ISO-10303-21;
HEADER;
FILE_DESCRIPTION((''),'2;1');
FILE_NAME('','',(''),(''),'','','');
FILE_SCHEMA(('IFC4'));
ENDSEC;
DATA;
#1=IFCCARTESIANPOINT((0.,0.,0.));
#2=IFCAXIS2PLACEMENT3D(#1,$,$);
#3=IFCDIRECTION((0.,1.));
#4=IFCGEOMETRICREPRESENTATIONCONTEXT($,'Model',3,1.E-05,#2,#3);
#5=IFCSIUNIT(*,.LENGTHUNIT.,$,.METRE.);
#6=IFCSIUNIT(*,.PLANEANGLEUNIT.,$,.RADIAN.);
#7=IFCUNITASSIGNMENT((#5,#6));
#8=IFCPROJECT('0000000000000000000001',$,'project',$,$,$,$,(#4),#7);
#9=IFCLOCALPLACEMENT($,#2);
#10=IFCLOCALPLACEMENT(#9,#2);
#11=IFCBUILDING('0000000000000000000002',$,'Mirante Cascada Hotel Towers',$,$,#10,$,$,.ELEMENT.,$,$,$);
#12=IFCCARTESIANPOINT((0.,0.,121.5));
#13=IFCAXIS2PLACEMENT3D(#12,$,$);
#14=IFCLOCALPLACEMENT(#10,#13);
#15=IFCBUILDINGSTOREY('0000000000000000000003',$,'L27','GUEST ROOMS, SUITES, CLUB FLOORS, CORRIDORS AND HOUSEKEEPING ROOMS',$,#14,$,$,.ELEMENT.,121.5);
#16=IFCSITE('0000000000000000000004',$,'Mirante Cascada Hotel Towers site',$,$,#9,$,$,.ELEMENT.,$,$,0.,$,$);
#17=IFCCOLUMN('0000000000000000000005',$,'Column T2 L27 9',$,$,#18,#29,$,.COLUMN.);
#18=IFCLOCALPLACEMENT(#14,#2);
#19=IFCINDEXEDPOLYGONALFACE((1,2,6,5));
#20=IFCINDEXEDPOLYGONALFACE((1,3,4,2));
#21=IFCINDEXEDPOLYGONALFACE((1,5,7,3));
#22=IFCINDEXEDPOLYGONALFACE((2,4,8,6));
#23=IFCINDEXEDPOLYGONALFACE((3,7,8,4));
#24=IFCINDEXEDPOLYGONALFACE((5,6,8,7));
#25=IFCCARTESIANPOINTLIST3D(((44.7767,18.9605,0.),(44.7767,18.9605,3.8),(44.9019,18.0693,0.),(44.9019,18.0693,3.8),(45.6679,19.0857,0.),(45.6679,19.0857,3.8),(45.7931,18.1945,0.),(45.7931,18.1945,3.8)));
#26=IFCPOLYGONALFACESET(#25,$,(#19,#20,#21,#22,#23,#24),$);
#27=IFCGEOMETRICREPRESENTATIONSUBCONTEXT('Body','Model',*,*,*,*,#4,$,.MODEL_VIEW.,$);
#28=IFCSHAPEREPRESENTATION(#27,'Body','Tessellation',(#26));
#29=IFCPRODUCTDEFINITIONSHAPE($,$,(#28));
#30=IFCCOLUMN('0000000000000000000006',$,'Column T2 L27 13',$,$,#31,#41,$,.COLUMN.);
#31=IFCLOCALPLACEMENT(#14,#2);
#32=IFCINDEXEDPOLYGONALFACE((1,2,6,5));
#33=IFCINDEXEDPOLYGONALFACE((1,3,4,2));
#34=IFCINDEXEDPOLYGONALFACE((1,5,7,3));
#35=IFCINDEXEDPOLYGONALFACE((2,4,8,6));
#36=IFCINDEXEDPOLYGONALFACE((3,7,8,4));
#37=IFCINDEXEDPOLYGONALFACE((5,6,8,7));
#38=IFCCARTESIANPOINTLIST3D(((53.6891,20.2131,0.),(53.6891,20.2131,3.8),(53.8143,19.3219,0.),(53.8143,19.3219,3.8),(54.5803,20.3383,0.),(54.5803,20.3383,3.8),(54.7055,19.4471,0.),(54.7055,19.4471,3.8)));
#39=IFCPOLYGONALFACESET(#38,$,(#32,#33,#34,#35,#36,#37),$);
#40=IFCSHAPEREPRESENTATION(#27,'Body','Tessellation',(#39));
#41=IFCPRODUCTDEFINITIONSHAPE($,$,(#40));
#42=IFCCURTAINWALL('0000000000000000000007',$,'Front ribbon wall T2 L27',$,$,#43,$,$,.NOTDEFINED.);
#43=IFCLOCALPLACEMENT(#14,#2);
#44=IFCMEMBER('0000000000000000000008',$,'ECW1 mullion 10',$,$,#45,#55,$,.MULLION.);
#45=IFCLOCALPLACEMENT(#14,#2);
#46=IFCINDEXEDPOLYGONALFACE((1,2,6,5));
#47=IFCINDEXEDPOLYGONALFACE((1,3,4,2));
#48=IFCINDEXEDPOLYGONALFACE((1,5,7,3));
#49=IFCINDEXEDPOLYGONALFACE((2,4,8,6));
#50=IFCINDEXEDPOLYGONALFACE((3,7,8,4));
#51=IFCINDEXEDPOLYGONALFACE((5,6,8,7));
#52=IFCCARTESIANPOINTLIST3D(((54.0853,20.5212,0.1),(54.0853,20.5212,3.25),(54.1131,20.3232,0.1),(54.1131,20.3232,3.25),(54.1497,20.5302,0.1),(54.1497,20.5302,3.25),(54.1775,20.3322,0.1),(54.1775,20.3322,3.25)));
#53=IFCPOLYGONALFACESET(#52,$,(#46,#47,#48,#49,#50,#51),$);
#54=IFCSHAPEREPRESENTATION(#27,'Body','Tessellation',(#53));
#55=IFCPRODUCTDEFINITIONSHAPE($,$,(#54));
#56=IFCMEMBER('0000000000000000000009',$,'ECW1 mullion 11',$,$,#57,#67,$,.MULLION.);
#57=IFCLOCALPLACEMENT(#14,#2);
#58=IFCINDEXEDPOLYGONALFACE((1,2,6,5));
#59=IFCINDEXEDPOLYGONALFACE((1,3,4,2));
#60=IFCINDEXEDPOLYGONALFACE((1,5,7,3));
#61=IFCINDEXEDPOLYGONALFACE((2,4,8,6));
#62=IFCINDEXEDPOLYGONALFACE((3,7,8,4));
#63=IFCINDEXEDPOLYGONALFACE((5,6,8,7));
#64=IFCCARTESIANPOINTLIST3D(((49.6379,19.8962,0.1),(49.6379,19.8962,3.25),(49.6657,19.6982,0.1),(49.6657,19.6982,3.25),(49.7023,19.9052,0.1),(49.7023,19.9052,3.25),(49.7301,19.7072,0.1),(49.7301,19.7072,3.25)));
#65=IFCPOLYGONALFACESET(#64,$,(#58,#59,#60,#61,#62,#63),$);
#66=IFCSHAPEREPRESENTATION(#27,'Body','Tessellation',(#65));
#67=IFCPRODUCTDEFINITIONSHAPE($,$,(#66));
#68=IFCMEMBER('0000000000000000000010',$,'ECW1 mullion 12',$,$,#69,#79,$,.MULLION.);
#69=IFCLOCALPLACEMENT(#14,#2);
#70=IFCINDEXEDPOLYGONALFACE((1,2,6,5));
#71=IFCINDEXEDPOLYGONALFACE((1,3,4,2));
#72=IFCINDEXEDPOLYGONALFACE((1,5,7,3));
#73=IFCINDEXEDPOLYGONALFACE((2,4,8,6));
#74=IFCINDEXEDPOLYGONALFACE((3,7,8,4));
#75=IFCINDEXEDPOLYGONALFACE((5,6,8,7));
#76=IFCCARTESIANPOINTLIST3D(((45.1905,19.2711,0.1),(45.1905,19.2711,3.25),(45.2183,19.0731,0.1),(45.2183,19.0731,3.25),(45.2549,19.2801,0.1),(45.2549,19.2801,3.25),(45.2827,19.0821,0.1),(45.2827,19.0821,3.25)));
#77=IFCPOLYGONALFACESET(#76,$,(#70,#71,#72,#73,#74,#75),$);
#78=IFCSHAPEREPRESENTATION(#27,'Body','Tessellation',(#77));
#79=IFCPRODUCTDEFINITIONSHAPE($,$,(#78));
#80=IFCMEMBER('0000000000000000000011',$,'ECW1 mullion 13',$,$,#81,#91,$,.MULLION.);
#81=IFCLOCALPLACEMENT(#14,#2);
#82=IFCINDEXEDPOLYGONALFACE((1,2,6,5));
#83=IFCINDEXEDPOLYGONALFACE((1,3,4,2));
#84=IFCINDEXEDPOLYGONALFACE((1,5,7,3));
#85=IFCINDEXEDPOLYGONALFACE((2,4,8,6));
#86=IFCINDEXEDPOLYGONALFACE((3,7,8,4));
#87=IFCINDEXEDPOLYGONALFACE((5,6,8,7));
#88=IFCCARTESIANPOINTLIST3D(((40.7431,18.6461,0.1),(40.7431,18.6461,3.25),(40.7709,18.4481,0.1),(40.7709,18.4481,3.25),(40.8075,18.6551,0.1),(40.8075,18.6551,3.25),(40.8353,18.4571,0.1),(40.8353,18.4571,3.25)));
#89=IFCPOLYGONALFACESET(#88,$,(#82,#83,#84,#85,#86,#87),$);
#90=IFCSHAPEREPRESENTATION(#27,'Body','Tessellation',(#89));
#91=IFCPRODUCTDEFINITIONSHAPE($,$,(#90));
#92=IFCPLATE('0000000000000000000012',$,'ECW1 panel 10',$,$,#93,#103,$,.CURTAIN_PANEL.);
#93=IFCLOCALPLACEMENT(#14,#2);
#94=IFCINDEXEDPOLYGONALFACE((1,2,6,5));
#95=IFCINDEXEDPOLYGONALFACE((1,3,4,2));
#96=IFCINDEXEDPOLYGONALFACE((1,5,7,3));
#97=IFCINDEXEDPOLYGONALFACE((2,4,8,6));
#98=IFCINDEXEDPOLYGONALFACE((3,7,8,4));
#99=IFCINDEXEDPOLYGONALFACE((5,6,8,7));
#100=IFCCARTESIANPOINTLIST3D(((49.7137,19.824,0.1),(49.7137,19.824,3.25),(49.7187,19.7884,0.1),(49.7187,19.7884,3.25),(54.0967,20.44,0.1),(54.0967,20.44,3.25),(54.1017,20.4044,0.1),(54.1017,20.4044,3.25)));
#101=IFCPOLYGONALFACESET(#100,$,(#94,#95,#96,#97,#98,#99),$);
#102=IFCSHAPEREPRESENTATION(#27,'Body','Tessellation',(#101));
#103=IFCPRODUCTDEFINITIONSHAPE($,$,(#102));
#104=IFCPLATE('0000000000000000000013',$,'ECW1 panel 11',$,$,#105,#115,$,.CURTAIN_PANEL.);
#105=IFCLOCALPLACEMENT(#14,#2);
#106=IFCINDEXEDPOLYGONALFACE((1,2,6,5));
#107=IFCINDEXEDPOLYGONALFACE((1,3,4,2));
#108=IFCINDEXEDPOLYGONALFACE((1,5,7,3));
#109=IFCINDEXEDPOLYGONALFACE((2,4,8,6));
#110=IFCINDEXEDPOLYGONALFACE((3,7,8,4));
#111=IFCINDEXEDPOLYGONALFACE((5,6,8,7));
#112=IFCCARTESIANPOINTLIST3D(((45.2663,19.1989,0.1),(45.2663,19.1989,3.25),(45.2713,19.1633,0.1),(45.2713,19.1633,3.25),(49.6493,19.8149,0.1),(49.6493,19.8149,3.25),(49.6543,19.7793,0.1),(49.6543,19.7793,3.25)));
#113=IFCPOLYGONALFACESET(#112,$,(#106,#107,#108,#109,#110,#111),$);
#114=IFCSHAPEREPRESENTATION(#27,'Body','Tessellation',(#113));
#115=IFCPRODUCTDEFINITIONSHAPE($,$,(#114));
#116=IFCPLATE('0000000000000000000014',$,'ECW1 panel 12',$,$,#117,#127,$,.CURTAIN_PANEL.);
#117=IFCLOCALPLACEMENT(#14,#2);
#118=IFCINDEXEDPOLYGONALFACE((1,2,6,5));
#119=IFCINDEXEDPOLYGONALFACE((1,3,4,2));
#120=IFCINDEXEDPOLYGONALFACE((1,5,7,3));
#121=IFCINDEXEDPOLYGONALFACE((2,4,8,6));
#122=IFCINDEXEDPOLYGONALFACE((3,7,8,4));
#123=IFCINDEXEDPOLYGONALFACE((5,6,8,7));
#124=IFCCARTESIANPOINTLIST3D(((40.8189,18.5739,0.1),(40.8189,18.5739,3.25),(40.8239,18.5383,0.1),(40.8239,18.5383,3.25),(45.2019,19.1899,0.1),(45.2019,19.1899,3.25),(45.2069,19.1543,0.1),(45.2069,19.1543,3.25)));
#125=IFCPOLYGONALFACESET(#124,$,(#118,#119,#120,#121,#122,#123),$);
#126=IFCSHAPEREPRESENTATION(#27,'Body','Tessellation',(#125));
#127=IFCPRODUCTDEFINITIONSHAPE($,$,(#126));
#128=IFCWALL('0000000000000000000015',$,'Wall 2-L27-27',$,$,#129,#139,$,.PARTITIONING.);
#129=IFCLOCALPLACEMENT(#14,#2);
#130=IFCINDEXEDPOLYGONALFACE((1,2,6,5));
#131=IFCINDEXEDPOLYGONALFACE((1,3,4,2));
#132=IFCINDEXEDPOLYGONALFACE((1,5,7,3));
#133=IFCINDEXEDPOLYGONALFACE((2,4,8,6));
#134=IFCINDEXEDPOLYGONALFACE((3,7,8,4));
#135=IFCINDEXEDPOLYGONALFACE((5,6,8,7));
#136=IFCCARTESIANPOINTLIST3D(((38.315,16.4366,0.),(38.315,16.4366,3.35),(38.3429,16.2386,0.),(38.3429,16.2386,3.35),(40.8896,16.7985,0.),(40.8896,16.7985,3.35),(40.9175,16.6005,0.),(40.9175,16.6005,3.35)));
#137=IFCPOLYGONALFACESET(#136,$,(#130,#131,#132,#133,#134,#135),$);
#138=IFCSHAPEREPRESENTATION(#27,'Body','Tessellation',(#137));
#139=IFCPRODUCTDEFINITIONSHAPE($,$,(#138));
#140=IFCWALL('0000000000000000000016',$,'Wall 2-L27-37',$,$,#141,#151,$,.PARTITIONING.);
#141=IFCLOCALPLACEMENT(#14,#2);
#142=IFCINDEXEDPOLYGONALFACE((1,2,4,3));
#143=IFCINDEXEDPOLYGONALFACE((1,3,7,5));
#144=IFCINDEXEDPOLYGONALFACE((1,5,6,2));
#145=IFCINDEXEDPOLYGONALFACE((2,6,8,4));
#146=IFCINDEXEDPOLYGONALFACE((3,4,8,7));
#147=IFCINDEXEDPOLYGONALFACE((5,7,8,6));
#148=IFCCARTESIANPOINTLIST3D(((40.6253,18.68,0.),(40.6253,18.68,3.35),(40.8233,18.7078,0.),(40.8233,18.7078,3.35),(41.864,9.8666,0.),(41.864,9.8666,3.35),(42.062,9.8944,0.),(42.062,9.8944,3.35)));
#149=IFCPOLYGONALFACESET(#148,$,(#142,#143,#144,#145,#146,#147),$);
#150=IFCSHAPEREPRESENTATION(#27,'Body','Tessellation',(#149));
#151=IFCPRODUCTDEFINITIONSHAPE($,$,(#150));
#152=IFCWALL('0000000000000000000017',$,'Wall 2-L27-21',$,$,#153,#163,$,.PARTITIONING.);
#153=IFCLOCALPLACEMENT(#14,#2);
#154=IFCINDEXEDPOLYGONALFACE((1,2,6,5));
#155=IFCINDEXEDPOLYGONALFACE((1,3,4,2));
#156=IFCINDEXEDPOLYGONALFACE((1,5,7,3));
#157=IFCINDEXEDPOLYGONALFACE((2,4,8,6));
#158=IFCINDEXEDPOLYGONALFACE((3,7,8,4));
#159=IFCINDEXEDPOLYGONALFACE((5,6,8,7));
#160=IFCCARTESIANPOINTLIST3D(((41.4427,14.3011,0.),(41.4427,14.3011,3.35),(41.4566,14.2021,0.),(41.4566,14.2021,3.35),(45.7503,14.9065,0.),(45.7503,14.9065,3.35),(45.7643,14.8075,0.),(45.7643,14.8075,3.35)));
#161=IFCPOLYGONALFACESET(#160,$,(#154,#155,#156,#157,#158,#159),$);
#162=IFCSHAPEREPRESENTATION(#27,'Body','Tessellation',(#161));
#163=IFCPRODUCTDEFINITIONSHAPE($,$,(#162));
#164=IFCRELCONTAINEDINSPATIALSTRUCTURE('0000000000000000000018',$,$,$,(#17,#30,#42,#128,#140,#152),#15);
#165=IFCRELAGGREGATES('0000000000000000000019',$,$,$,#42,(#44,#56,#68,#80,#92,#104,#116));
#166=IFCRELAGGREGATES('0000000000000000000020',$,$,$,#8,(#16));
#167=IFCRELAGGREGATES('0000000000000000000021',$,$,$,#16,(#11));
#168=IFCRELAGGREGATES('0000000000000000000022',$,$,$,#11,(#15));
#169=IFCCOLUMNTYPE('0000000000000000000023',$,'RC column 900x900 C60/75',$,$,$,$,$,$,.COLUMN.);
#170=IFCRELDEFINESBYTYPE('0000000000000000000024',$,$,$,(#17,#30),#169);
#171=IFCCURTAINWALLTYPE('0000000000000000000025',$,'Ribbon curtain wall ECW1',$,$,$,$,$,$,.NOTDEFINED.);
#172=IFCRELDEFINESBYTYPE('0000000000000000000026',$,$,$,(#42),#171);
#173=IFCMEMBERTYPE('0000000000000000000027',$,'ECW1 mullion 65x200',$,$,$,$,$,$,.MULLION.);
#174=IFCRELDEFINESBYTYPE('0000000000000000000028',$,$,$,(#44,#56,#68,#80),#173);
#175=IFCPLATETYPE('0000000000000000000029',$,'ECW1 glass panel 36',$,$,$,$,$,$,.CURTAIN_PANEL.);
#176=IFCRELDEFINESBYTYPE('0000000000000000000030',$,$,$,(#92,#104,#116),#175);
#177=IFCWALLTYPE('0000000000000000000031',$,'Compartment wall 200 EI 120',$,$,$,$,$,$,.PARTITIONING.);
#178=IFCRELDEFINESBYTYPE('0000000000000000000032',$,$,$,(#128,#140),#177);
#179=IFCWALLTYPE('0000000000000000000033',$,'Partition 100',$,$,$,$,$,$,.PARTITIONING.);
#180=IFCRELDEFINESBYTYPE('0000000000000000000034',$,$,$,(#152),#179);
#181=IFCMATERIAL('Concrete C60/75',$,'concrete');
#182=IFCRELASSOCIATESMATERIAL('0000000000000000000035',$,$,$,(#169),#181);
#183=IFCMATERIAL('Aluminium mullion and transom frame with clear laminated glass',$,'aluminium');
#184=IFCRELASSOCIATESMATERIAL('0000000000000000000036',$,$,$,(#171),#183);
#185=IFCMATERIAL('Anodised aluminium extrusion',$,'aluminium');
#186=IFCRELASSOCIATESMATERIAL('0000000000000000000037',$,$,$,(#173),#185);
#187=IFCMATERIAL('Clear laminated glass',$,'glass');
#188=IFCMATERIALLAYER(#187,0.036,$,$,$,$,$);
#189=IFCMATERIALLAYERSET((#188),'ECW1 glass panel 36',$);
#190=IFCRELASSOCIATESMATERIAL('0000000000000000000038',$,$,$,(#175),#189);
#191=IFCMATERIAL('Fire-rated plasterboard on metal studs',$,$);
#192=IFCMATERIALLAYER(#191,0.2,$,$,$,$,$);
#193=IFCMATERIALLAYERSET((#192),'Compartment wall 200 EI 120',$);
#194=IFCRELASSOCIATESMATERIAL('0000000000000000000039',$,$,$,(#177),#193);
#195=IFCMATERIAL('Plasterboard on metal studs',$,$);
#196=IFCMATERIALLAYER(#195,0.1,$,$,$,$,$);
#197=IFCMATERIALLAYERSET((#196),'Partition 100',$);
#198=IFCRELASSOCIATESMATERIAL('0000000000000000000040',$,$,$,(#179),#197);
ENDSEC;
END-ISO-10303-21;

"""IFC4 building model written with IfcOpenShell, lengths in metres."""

from ifc_helpers import new_model, si_unit, direction, frame, frame_2d, origin, origin_2d, place, context, subcontext, project, spatial, rectangle, extrude, material, layer, layer_set, material_profile, profile_set, type_object, element, aggregate, save


model = new_model("IFC4")

# Units and contexts
model_context = context("Model", 3, precision=1e-05, world=origin(), true_north=direction((0.0, 1.0)))
body_context = subcontext(model_context, "Body", "Model", "MODEL_VIEW")
ifc_project = project(units=[si_unit("LENGTHUNIT", "METRE"), si_unit("PLANEANGLEUNIT", "RADIAN")], contexts=[model_context])

# Site, building, storey
site_placement = place(None, origin())
site = spatial("IfcSite", under=ifc_project, at=site_placement, Name="Mirante Cascada Hotel Towers site", CompositionType="ELEMENT", RefElevation=0.0)
building_placement = place(site_placement, origin())
building = spatial("IfcBuilding", under=site, at=building_placement, Name="Mirante Cascada Hotel Towers", CompositionType="ELEMENT")
storey_placement = place(building_placement, frame((0.0, 0.0, 121.5)))
storey = spatial("IfcBuildingStorey", under=building, at=storey_placement, Name="L27", Description="GUEST ROOMS, SUITES, CLUB FLOORS, CORRIDORS AND HOUSEKEEPING ROOMS", CompositionType="ELEMENT", Elevation=121.5)

# Columns
ifc_material_1 = material(Name="Concrete C60/75", Category="concrete")
ifc_material_profile_1 = material_profile(ifc_material_1, rectangle(XDim=0.9, YDim=0.9, at=origin_2d()), Name="RC column 900x900 C60/75")
ifc_profile_set_1 = profile_set([ifc_material_profile_1], Name="Concrete C60/75")
column_type = type_object("IfcColumnType", Name="RC column 900x900 C60/75", PredefinedType="COLUMN", material=ifc_profile_set_1)
for number, where, z_axis, x_axis, name in (
    (1, (45.2849, 18.5775, 0.0), (0.0, 0.0, 1.0), (0.990268, 0.139173, 0.0), "Column T2 L27 9"),
    (2, (54.1973, 19.8301, 0.0), (0.0, 0.0, 1.0), (0.990268, 0.139173, 0.0), "Column T2 L27 13"),
):
    element("IfcColumn", number, at=place(storey_placement, frame(where, z_axis=z_axis, x_axis=x_axis)), inside=storey, type_object=column_type, Name=name, PredefinedType="COLUMN", context=body_context, shape_type="SweptSolid", body=[
        extrude(rectangle(XDim=0.9, YDim=0.9, at=origin_2d()), origin(), (0.0, 0.0, 1.0), 3.8),
    ])

# Curtain wall, members, plates
ifc_material_2 = material(Name="Aluminium mullion and transom frame with clear laminated glass", Category="aluminium")
curtain_wall_type = type_object("IfcCurtainWallType", Name="Ribbon curtain wall ECW1", PredefinedType="NOTDEFINED", material=ifc_material_2)
curtain_wall_placement = place(storey_placement, origin())
curtain_wall = element("IfcCurtainWall", 3, at=curtain_wall_placement, inside=storey, type_object=curtain_wall_type, Name="Front ribbon wall T2 L27", PredefinedType="NOTDEFINED")
ifc_material_3 = material(Name="Anodised aluminium extrusion", Category="aluminium")
ifc_material_profile_2 = material_profile(ifc_material_3, rectangle(XDim=0.2, YDim=0.065, at=origin_2d()), Name="ECW1 MULLION 65x200")
ifc_profile_set_2 = profile_set([ifc_material_profile_2], Name="Anodised aluminium extrusion")
member_type = type_object("IfcMemberType", Name="ECW1 mullion 65x200", PredefinedType="MULLION", material=ifc_profile_set_2)
member_1_placement = place(storey_placement, frame((54.1314, 20.4267, 0.1), z_axis=(0.0, 0.0, 1.0), x_axis=(0.139173, -0.990268, 0.0)))
member_1 = element("IfcMember", 4, at=member_1_placement, type_object=member_type, Name="ECW1 mullion 10", PredefinedType="MULLION", context=body_context, shape_type="SweptSolid", body=[
    extrude(rectangle(XDim=0.2, YDim=0.065, at=origin_2d()), origin(), (0.0, 0.0, 1.0), 3.15),
])
member_2_placement = place(storey_placement, frame((49.684, 19.8017, 0.1), z_axis=(0.0, 0.0, 1.0), x_axis=(0.139173, -0.990268, 0.0)))
member_2 = element("IfcMember", 5, at=member_2_placement, type_object=member_type, Name="ECW1 mullion 11", PredefinedType="MULLION", context=body_context, shape_type="SweptSolid", body=[
    extrude(rectangle(XDim=0.2, YDim=0.065, at=origin_2d()), origin(), (0.0, 0.0, 1.0), 3.15),
])
member_3_placement = place(storey_placement, frame((45.2366, 19.1766, 0.1), z_axis=(0.0, 0.0, 1.0), x_axis=(0.139173, -0.990268, 0.0)))
member_3 = element("IfcMember", 6, at=member_3_placement, type_object=member_type, Name="ECW1 mullion 12", PredefinedType="MULLION", context=body_context, shape_type="SweptSolid", body=[
    extrude(rectangle(XDim=0.2, YDim=0.065, at=origin_2d()), origin(), (0.0, 0.0, 1.0), 3.15),
])
member_4_placement = place(storey_placement, frame((40.7892, 18.5516, 0.1), z_axis=(0.0, 0.0, 1.0), x_axis=(0.139173, -0.990268, 0.0)))
member_4 = element("IfcMember", 7, at=member_4_placement, type_object=member_type, Name="ECW1 mullion 13", PredefinedType="MULLION", context=body_context, shape_type="SweptSolid", body=[
    extrude(rectangle(XDim=0.2, YDim=0.065, at=origin_2d()), origin(), (0.0, 0.0, 1.0), 3.15),
])
ifc_material_4 = material(Name="Clear laminated glass", Category="glass")
ifc_layer_1 = layer(ifc_material_4, 0.036)
ifc_layer_set_1 = layer_set([ifc_layer_1], Name="ECW1 glass panel 36")
plate_type = type_object("IfcPlateType", Name="ECW1 glass panel 36", PredefinedType="CURTAIN_PANEL", material=ifc_layer_set_1)
plate_1_placement = place(storey_placement, frame((51.9077, 20.1142, 0.1), z_axis=(0.0, 0.0, 1.0), x_axis=(-0.990268, -0.139173, 0.0)))
plate_1 = element("IfcPlate", 8, at=plate_1_placement, type_object=plate_type, Name="ECW1 panel 10", PredefinedType="CURTAIN_PANEL", context=body_context, shape_type="SweptSolid", body=[
    extrude(rectangle(XDim=4.4261, YDim=0.036, at=origin_2d()), origin(), (0.0, 0.0, 1.0), 3.15),
])
plate_2_placement = place(storey_placement, frame((47.4603, 19.4891, 0.1), z_axis=(0.0, 0.0, 1.0), x_axis=(-0.990268, -0.139173, 0.0)))
plate_2 = element("IfcPlate", 9, at=plate_2_placement, type_object=plate_type, Name="ECW1 panel 11", PredefinedType="CURTAIN_PANEL", context=body_context, shape_type="SweptSolid", body=[
    extrude(rectangle(XDim=4.4261, YDim=0.036, at=origin_2d()), origin(), (0.0, 0.0, 1.0), 3.15),
])
plate_3_placement = place(storey_placement, frame((43.0129, 18.8641, 0.1), z_axis=(0.0, 0.0, 1.0), x_axis=(-0.990268, -0.139173, 0.0)))
plate_3 = element("IfcPlate", 10, at=plate_3_placement, type_object=plate_type, Name="ECW1 panel 12", PredefinedType="CURTAIN_PANEL", context=body_context, shape_type="SweptSolid", body=[
    extrude(rectangle(XDim=4.4261, YDim=0.036, at=origin_2d()), origin(), (0.0, 0.0, 1.0), 3.15),
])
aggregate(curtain_wall, [member_1, member_2, member_3, member_4, plate_1, plate_2, plate_3])

# Walls
ifc_material_5 = material(Name="Fire-rated plasterboard on metal studs")
ifc_layer_2 = layer(ifc_material_5, 0.2)
ifc_layer_set_2 = layer_set([ifc_layer_2], Name="Compartment wall 200 EI 120")
wall_type_1 = type_object("IfcWallType", Name="Compartment wall 200 EI 120", PredefinedType="PARTITIONING", material=ifc_layer_set_2)
wall_1_placement = place(storey_placement, frame((40.9036, 16.6995, 0.0), z_axis=(0.0, 0.0, 1.0), x_axis=(-0.990265, -0.139197, 0.0)))
element("IfcWall", 11, at=wall_1_placement, inside=storey, type_object=wall_type_1, Name="Wall 2-L27-27", PredefinedType="PARTITIONING", context=body_context, shape_type="SweptSolid", body=[
    extrude(rectangle(XDim=2.5999, YDim=0.2, at=frame_2d((1.3, 0.0))), origin(), (0.0, 0.0, 1.0), 3.35),
])
wall_2_placement = place(storey_placement, frame((40.7243, 18.6939, 0.0), z_axis=(0.0, 0.0, 1.0), x_axis=(0.139179, -0.990267, 0.0)))
element("IfcWall", 12, at=wall_2_placement, inside=storey, type_object=wall_type_1, Name="Wall 2-L27-37", PredefinedType="PARTITIONING", context=body_context, shape_type="SweptSolid", body=[
    extrude(rectangle(XDim=8.9, YDim=0.2, at=frame_2d((4.45, 0.0))), origin(), (0.0, 0.0, 1.0), 3.35),
])
ifc_material_6 = material(Name="Plasterboard on metal studs")
ifc_layer_3 = layer(ifc_material_6, 0.1)
ifc_layer_set_3 = layer_set([ifc_layer_3], Name="Partition 100")
wall_type_2 = type_object("IfcWallType", Name="Partition 100", PredefinedType="PARTITIONING", material=ifc_layer_set_3)
wall_3_placement = place(storey_placement, frame((45.7573, 14.857, 0.0), z_axis=(0.0, 0.0, 1.0), x_axis=(-0.990268, -0.139171, 0.0)))
element("IfcWall", 13, at=wall_3_placement, inside=storey, type_object=wall_type_2, Name="Wall 2-L27-21", PredefinedType="PARTITIONING", context=body_context, shape_type="SweptSolid", body=[
    extrude(rectangle(XDim=4.35, YDim=0.1, at=frame_2d((2.175, 0.0))), origin(), (0.0, 0.0, 1.0), 3.35),
])

save(model, "model.ifc")
